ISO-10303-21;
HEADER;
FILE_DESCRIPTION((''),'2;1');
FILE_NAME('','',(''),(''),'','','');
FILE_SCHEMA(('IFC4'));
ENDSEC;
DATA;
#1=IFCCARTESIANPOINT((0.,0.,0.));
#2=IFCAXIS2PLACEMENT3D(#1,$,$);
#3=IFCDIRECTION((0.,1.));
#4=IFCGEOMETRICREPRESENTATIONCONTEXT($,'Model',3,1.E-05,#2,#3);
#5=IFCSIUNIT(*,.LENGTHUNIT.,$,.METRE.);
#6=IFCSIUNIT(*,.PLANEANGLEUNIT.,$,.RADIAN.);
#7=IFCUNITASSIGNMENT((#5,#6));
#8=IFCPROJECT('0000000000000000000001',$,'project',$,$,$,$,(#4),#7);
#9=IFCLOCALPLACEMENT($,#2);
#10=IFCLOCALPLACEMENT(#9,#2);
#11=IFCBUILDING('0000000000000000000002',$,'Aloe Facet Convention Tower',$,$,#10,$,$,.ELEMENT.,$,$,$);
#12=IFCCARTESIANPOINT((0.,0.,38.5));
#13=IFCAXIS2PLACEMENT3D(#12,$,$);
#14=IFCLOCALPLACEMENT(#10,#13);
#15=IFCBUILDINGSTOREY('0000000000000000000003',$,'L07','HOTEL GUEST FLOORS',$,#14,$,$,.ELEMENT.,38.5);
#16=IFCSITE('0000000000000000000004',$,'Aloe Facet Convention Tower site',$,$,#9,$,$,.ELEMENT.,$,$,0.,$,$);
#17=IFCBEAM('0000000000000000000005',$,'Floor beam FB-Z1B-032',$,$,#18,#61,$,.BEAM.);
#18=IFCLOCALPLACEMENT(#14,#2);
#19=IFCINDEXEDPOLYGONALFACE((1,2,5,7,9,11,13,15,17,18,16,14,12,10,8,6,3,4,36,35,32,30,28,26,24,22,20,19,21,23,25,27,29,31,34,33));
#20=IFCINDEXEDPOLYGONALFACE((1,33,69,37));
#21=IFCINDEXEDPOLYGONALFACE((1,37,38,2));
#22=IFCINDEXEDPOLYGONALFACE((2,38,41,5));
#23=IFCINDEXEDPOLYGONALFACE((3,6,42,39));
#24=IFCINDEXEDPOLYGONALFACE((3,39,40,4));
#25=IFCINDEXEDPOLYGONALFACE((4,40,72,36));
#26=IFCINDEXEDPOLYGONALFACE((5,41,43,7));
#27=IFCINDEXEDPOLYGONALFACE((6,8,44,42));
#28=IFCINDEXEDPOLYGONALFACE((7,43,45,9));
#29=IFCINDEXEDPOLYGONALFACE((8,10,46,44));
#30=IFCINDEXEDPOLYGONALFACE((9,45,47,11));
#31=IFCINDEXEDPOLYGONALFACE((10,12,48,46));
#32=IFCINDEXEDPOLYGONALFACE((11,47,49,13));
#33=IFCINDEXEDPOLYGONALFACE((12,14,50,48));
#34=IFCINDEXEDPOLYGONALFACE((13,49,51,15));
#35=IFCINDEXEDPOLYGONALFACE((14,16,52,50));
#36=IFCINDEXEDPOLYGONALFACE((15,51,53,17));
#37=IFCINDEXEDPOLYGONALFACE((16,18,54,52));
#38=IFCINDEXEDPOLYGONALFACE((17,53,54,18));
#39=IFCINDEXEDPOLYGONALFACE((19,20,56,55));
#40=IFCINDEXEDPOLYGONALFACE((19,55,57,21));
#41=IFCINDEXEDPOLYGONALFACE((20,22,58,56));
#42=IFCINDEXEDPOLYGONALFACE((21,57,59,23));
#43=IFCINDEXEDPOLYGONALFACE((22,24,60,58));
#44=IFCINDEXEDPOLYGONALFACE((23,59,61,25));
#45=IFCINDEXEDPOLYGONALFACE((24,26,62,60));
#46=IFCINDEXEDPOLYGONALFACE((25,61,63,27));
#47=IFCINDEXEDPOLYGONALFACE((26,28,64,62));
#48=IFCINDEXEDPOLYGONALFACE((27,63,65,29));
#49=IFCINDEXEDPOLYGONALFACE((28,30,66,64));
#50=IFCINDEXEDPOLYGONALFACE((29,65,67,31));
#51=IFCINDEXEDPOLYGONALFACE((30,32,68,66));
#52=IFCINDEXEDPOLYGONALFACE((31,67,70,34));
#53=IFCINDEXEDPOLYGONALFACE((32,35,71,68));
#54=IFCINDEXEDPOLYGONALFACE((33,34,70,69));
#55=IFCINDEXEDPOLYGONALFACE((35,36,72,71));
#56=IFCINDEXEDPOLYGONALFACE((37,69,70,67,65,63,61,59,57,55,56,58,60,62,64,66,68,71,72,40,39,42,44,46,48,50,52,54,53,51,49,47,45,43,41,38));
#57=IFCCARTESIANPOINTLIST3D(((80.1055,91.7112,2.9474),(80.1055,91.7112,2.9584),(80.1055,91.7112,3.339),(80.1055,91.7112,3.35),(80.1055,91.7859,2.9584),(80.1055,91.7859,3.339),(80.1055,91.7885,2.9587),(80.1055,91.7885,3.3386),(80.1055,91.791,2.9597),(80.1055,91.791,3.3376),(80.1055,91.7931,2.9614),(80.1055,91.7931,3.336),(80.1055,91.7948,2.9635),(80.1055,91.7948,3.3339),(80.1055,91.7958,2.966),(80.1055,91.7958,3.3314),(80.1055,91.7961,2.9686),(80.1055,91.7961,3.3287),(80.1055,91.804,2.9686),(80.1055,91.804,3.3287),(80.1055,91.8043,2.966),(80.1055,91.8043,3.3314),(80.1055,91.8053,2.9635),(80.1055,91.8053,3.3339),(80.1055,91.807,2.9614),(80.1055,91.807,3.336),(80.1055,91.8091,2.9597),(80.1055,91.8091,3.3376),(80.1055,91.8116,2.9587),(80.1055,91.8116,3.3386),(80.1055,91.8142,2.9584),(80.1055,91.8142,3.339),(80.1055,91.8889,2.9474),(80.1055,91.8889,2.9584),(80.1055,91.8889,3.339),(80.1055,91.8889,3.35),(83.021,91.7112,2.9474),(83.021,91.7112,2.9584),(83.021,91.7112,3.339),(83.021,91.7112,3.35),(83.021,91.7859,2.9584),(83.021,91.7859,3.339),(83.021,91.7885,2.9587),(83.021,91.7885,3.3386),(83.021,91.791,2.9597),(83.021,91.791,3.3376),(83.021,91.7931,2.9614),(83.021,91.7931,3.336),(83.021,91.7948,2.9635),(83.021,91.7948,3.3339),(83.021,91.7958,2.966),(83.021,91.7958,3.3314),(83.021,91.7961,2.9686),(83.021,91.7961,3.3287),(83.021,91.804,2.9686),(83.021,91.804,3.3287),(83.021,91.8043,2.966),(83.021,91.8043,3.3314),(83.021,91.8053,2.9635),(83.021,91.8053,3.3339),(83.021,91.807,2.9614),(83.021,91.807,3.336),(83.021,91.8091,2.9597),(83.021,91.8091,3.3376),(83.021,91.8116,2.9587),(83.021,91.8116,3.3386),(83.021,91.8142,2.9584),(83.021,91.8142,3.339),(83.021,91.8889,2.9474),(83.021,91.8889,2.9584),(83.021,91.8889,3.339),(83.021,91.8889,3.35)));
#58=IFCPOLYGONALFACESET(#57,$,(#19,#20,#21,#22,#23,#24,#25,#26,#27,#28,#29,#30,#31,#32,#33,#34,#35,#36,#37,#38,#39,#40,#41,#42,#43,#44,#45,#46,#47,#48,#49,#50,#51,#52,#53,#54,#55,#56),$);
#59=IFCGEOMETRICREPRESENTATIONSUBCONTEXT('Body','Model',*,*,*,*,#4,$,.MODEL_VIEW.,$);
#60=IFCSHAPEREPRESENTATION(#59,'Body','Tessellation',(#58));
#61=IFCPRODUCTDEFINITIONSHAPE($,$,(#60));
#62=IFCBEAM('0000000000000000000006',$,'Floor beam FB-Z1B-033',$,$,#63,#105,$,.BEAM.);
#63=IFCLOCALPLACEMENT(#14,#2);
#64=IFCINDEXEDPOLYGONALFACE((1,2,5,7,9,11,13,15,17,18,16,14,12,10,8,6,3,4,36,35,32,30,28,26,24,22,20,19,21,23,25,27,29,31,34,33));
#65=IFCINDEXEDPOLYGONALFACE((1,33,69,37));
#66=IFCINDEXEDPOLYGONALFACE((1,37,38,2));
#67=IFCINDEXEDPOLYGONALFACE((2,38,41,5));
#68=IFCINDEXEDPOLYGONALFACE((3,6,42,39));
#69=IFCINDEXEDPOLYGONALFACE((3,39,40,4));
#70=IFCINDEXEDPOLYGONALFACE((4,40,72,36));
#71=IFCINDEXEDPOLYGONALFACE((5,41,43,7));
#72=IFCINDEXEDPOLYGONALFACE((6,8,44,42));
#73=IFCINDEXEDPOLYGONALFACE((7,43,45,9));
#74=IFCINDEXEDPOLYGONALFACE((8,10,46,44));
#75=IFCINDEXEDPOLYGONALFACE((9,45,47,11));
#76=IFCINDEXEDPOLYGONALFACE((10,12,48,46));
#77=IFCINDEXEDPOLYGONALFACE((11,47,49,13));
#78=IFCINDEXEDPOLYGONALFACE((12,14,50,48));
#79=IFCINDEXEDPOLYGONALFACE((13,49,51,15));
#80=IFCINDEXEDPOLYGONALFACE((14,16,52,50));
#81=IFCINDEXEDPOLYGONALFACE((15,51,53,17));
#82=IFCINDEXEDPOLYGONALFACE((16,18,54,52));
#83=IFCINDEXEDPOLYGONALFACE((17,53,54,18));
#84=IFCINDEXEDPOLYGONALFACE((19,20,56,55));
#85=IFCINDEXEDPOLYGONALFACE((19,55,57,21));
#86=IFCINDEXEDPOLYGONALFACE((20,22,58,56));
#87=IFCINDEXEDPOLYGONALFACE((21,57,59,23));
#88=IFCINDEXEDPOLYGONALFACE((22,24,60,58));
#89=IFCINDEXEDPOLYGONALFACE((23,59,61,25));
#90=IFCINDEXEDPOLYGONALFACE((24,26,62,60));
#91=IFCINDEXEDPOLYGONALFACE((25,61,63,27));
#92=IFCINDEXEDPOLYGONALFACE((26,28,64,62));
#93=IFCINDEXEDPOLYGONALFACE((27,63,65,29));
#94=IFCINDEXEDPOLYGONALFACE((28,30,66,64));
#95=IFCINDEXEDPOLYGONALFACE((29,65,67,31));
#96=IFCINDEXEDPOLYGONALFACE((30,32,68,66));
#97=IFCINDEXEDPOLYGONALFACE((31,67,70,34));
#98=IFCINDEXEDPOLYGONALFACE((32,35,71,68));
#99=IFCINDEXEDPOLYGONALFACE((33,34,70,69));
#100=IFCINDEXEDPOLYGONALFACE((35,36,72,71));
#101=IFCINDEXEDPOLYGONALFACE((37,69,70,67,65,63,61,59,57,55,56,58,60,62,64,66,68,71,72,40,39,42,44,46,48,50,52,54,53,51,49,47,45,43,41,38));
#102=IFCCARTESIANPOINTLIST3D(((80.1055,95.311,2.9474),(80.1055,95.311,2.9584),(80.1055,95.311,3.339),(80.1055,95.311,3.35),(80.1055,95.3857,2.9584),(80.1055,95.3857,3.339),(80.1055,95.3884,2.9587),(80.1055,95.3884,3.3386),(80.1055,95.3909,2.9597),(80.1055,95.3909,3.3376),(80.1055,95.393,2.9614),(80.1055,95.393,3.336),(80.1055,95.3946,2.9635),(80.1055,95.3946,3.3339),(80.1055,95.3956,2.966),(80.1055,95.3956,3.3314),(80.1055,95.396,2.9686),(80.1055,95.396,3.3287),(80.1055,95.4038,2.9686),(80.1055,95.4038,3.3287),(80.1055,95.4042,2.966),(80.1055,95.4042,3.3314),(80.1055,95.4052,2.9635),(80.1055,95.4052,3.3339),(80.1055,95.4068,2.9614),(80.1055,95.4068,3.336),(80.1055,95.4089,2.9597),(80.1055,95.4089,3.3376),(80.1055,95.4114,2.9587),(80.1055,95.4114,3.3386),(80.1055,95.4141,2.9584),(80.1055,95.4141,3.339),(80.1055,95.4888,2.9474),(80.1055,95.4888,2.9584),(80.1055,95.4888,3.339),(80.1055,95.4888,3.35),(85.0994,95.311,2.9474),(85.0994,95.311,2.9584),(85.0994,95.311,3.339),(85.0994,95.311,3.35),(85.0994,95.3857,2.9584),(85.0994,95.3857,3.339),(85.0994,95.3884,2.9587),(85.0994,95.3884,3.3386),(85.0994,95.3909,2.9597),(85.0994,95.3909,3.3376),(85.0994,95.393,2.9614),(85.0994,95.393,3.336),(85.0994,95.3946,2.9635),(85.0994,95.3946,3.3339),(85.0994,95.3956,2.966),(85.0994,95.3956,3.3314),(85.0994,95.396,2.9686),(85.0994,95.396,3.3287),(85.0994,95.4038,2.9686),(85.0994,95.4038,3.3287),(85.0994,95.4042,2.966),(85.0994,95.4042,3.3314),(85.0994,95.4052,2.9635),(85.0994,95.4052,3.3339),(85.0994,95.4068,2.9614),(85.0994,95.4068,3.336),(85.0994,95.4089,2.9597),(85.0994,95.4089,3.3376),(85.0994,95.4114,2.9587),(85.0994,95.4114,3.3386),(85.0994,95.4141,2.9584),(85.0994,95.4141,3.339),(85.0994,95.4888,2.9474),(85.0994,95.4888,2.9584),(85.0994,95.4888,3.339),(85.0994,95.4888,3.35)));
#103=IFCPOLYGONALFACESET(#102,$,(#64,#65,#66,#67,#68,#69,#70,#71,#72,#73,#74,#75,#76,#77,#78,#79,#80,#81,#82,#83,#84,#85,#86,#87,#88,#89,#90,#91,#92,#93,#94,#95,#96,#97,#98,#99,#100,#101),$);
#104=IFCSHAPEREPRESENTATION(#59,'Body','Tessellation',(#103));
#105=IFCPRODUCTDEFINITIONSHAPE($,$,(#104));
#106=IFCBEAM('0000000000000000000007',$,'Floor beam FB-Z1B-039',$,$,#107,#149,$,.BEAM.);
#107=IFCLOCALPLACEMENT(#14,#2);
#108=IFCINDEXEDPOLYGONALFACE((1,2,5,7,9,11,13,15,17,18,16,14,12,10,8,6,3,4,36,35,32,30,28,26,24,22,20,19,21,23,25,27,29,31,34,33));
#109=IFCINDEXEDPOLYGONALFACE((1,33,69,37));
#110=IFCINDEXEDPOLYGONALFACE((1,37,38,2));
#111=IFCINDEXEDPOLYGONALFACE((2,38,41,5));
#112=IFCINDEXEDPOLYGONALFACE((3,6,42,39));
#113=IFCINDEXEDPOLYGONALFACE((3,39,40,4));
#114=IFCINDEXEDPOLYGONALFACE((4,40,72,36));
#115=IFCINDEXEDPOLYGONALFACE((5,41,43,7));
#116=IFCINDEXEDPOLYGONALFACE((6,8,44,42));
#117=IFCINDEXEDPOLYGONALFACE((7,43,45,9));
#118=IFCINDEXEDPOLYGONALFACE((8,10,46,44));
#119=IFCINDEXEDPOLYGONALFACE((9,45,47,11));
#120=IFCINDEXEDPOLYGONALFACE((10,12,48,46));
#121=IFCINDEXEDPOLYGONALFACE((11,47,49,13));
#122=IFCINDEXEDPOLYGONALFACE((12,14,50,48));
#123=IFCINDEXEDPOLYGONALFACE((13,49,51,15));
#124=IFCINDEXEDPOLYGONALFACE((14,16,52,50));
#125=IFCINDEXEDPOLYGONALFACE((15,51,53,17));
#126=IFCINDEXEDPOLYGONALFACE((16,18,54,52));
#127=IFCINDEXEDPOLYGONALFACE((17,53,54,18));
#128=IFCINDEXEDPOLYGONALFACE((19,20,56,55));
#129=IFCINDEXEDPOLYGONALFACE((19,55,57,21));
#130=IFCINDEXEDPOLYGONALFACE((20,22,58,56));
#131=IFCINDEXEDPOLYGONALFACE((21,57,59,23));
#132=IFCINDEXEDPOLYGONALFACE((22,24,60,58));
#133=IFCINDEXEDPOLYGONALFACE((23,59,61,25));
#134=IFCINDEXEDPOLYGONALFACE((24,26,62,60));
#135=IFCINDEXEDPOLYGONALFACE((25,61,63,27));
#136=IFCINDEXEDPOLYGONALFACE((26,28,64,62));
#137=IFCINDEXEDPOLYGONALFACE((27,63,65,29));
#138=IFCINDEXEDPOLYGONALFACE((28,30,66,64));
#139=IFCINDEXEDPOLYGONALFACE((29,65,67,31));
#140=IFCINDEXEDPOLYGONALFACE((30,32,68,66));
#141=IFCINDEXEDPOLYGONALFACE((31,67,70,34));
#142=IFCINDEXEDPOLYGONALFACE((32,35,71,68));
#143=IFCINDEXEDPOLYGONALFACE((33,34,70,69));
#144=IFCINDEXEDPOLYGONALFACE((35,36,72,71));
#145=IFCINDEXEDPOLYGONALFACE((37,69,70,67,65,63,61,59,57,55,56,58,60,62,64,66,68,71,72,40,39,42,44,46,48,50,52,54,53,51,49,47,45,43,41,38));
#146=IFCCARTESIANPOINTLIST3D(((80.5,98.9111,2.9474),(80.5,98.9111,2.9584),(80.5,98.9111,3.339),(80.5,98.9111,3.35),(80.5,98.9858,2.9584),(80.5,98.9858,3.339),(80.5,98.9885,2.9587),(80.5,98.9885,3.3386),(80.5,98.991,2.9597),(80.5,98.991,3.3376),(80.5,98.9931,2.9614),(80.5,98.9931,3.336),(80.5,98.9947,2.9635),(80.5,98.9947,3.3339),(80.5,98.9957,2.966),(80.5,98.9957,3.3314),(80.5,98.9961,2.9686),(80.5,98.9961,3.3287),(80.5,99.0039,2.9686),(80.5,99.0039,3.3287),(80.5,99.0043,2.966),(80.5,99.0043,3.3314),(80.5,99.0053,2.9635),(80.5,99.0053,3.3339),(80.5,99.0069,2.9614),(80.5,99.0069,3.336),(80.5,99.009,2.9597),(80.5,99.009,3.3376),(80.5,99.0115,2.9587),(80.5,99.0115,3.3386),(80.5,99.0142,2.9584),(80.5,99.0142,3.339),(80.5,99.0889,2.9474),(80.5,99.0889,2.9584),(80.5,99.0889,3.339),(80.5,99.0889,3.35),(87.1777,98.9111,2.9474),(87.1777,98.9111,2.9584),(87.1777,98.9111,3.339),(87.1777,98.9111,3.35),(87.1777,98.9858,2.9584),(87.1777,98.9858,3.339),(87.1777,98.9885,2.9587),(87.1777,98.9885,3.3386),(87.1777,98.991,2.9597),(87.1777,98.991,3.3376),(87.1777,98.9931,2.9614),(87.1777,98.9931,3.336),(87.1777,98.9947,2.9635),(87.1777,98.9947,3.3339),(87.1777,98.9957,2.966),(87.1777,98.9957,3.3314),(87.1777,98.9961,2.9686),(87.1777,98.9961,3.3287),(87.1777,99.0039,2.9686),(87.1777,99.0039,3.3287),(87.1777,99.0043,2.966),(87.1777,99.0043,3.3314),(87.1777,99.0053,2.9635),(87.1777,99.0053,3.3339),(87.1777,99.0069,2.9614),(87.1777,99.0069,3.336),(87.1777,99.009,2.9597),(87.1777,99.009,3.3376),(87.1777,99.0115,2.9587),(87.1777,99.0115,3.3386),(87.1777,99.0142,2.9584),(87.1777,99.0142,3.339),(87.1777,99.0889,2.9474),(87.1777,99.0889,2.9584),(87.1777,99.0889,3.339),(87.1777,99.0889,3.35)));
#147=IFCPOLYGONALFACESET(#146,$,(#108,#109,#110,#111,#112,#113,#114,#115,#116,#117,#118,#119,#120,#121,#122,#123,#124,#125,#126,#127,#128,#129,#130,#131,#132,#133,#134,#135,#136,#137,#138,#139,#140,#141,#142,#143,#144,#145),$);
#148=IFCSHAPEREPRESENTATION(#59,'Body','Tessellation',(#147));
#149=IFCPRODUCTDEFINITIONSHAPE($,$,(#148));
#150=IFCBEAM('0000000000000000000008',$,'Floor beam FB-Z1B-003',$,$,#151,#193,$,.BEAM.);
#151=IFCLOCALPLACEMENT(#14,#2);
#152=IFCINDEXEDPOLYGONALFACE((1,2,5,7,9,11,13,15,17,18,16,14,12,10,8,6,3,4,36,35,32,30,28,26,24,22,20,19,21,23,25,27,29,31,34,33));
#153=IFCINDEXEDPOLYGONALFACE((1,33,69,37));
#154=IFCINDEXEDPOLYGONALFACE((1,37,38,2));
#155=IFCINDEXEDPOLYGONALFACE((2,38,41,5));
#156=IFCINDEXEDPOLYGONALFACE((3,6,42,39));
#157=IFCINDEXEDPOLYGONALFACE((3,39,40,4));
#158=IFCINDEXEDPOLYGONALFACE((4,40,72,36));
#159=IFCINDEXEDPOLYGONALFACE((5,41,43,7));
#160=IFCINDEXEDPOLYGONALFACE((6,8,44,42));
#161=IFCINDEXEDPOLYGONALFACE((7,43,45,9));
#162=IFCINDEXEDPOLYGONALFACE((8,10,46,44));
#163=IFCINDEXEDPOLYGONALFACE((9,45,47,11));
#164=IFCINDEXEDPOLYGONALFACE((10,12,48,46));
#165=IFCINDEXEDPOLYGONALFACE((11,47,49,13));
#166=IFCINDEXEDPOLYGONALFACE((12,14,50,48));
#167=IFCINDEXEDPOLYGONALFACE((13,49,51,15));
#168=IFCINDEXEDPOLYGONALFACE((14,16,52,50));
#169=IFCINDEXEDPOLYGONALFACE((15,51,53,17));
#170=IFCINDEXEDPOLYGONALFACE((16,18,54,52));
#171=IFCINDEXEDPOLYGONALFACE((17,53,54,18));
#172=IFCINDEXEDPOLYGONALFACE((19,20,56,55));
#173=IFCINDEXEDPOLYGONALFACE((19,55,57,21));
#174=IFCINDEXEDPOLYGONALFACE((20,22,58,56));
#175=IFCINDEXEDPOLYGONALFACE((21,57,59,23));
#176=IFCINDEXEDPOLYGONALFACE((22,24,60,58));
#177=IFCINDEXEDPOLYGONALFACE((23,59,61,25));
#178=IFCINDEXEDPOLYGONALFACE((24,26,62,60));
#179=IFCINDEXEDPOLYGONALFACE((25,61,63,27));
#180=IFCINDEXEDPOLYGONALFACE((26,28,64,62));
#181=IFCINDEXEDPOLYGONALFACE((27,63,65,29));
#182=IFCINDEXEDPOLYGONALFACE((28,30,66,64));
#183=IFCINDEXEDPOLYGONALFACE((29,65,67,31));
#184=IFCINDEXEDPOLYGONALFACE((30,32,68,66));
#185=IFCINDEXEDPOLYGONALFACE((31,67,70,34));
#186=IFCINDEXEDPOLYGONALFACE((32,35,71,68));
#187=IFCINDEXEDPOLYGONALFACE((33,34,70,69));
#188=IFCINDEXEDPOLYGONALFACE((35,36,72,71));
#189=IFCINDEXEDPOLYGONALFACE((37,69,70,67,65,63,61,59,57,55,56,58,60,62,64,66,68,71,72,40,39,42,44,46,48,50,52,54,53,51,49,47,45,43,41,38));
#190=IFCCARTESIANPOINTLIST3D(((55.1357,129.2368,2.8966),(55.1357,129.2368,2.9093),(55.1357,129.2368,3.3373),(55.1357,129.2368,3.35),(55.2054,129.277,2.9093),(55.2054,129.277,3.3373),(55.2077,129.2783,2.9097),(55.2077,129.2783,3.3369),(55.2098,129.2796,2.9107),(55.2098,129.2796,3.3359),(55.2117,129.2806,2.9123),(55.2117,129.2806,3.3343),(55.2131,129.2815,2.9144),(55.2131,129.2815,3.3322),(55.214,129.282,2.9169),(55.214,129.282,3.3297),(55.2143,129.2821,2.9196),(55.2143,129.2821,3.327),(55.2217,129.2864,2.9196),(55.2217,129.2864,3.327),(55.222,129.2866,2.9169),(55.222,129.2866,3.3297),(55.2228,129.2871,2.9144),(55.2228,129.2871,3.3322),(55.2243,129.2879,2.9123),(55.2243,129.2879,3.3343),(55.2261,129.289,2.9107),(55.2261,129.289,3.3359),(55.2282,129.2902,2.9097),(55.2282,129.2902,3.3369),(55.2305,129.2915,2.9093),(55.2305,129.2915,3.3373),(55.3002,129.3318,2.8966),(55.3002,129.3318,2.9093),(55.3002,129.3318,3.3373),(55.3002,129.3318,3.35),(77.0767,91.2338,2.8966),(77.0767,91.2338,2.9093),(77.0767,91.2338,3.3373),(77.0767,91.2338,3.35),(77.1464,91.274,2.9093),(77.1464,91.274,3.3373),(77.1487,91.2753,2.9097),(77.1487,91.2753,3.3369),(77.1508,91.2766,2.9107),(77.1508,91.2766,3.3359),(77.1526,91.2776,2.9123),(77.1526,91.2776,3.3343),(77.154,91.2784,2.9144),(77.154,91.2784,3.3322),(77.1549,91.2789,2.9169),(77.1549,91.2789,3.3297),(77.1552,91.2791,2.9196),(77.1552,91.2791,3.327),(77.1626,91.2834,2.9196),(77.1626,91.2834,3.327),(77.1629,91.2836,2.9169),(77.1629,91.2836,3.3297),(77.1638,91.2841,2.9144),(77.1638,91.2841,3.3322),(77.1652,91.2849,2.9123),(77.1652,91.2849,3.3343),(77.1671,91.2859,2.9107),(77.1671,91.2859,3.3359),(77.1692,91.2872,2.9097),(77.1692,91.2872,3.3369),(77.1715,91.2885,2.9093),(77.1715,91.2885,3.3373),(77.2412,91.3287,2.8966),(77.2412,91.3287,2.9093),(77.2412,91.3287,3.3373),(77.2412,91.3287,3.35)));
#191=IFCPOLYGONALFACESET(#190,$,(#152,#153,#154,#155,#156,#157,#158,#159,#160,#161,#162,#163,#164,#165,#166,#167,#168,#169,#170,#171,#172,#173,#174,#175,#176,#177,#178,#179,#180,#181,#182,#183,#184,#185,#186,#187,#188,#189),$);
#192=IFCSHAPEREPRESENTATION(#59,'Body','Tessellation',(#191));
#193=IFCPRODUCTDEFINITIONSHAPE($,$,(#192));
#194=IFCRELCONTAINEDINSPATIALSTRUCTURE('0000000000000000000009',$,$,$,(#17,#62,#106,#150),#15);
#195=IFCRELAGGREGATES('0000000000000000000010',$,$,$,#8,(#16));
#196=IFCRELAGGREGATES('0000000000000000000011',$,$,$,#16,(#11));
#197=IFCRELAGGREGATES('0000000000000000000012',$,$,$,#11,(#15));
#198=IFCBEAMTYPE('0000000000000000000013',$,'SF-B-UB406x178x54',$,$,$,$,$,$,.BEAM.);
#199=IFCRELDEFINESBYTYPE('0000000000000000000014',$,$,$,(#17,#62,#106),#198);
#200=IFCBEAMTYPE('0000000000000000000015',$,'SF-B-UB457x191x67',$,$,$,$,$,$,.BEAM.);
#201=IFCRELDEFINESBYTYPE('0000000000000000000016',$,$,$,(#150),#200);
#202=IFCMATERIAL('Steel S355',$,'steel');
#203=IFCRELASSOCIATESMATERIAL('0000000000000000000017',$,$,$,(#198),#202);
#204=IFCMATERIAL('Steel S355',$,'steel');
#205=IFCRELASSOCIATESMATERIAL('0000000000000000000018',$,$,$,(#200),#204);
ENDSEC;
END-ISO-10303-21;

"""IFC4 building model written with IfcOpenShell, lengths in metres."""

from ifc_helpers import new_model, si_unit, direction, frame, origin, origin_2d, place, context, subcontext, project, spatial, i_section, extrude, material, material_profile, profile_set, type_object, element, save


model = new_model("IFC4")

# Units and contexts
model_context = context("Model", 3, precision=1e-05, world=origin(), true_north=direction((0.0, 1.0)))
body_context = subcontext(model_context, "Body", "Model", "MODEL_VIEW")
ifc_project = project(units=[si_unit("LENGTHUNIT", "METRE"), si_unit("PLANEANGLEUNIT", "RADIAN")], contexts=[model_context])

# Site, building, storey
site_placement = place(None, origin())
site = spatial("IfcSite", under=ifc_project, at=site_placement, Name="Aloe Facet Convention Tower site", CompositionType="ELEMENT", RefElevation=0.0)
building_placement = place(site_placement, origin())
building = spatial("IfcBuilding", under=site, at=building_placement, Name="Aloe Facet Convention Tower", CompositionType="ELEMENT")
storey_placement = place(building_placement, frame((0.0, 0.0, 38.5)))
storey = spatial("IfcBuildingStorey", under=building, at=storey_placement, Name="L07", Description="HOTEL GUEST FLOORS", CompositionType="ELEMENT", Elevation=38.5)

# Beams
ifc_material_1 = material(Name="Steel S355", Category="steel")
ifc_material_profile_1 = material_profile(ifc_material_1, i_section(OverallWidth=0.1777, OverallDepth=0.4026, WebThickness=0.0078, FlangeThickness=0.011, FilletRadius=0.0103, at=origin_2d()), Name="UB 406x178x54")
ifc_profile_set_1 = profile_set([ifc_material_profile_1], Name="Steel S355")
beam_type_1 = type_object("IfcBeamType", Name="SF-B-UB406x178x54", PredefinedType="BEAM", material=ifc_profile_set_1)
for number, where, z_axis, x_axis, name in (
    (1, (80.1055, 91.8, 3.1487), (1.0, 0.0, 0.0), (0.0, 1.0, 0.0), "Floor beam FB-Z1B-032"),
):
    element("IfcBeam", number, at=place(storey_placement, frame(where, z_axis=z_axis, x_axis=x_axis)), inside=storey, type_object=beam_type_1, Name=name, PredefinedType="BEAM", context=body_context, shape_type="SweptSolid", body=[
        extrude(i_section(OverallWidth=0.1777, OverallDepth=0.4026, WebThickness=0.0078, FlangeThickness=0.011, FilletRadius=0.0103, at=origin_2d()), origin(), (0.0, 0.0, 1.0), 2.9155),
    ])
beam_1_placement = place(storey_placement, frame((80.1055, 95.3999, 3.1487), z_axis=(1.0, 0.0, 0.0), x_axis=(0.0, 1.0, 0.0)))
element("IfcBeam", 2, at=beam_1_placement, inside=storey, type_object=beam_type_1, Name="Floor beam FB-Z1B-033", PredefinedType="BEAM", context=body_context, shape_type="SweptSolid", body=[
    extrude(i_section(OverallWidth=0.1777, OverallDepth=0.4026, WebThickness=0.0078, FlangeThickness=0.011, FilletRadius=0.0103, at=origin_2d()), origin(), (0.0, 0.0, 1.0), 4.9939),
])
beam_2_placement = place(storey_placement, frame((80.5, 99.0, 3.1487), z_axis=(1.0, 0.0, 0.0), x_axis=(0.0, 1.0, 0.0)))
element("IfcBeam", 3, at=beam_2_placement, inside=storey, type_object=beam_type_1, Name="Floor beam FB-Z1B-039", PredefinedType="BEAM", context=body_context, shape_type="SweptSolid", body=[
    extrude(i_section(OverallWidth=0.1777, OverallDepth=0.4026, WebThickness=0.0078, FlangeThickness=0.011, FilletRadius=0.0103, at=origin_2d()), origin(), (0.0, 0.0, 1.0), 6.6777),
])
ifc_material_2 = material(Name="Steel S355", Category="steel")
ifc_material_profile_2 = material_profile(ifc_material_2, i_section(OverallWidth=0.1899, OverallDepth=0.4534, WebThickness=0.0085, FlangeThickness=0.0127, FilletRadius=0.0103, at=origin_2d()), Name="UB 457x191x67")
ifc_profile_set_2 = profile_set([ifc_material_profile_2], Name="Steel S355")
beam_type_2 = type_object("IfcBeamType", Name="SF-B-UB457x191x67", PredefinedType="BEAM", material=ifc_profile_set_2)
beam_3_placement = place(storey_placement, frame((77.1589, 91.2812, 3.1233), z_axis=(-0.499999, 0.866026, 0.0), x_axis=(-0.866026, -0.499999, 0.0)))
element("IfcBeam", 4, at=beam_3_placement, inside=storey, type_object=beam_type_2, Name="Floor beam FB-Z1B-003", PredefinedType="BEAM", context=body_context, shape_type="SweptSolid", body=[
    extrude(i_section(OverallWidth=0.1899, OverallDepth=0.4534, WebThickness=0.0085, FlangeThickness=0.0127, FilletRadius=0.0103, at=origin_2d()), origin(), (0.0, 0.0, 1.0), 43.8821),
])

save(model, "model.ifc")
